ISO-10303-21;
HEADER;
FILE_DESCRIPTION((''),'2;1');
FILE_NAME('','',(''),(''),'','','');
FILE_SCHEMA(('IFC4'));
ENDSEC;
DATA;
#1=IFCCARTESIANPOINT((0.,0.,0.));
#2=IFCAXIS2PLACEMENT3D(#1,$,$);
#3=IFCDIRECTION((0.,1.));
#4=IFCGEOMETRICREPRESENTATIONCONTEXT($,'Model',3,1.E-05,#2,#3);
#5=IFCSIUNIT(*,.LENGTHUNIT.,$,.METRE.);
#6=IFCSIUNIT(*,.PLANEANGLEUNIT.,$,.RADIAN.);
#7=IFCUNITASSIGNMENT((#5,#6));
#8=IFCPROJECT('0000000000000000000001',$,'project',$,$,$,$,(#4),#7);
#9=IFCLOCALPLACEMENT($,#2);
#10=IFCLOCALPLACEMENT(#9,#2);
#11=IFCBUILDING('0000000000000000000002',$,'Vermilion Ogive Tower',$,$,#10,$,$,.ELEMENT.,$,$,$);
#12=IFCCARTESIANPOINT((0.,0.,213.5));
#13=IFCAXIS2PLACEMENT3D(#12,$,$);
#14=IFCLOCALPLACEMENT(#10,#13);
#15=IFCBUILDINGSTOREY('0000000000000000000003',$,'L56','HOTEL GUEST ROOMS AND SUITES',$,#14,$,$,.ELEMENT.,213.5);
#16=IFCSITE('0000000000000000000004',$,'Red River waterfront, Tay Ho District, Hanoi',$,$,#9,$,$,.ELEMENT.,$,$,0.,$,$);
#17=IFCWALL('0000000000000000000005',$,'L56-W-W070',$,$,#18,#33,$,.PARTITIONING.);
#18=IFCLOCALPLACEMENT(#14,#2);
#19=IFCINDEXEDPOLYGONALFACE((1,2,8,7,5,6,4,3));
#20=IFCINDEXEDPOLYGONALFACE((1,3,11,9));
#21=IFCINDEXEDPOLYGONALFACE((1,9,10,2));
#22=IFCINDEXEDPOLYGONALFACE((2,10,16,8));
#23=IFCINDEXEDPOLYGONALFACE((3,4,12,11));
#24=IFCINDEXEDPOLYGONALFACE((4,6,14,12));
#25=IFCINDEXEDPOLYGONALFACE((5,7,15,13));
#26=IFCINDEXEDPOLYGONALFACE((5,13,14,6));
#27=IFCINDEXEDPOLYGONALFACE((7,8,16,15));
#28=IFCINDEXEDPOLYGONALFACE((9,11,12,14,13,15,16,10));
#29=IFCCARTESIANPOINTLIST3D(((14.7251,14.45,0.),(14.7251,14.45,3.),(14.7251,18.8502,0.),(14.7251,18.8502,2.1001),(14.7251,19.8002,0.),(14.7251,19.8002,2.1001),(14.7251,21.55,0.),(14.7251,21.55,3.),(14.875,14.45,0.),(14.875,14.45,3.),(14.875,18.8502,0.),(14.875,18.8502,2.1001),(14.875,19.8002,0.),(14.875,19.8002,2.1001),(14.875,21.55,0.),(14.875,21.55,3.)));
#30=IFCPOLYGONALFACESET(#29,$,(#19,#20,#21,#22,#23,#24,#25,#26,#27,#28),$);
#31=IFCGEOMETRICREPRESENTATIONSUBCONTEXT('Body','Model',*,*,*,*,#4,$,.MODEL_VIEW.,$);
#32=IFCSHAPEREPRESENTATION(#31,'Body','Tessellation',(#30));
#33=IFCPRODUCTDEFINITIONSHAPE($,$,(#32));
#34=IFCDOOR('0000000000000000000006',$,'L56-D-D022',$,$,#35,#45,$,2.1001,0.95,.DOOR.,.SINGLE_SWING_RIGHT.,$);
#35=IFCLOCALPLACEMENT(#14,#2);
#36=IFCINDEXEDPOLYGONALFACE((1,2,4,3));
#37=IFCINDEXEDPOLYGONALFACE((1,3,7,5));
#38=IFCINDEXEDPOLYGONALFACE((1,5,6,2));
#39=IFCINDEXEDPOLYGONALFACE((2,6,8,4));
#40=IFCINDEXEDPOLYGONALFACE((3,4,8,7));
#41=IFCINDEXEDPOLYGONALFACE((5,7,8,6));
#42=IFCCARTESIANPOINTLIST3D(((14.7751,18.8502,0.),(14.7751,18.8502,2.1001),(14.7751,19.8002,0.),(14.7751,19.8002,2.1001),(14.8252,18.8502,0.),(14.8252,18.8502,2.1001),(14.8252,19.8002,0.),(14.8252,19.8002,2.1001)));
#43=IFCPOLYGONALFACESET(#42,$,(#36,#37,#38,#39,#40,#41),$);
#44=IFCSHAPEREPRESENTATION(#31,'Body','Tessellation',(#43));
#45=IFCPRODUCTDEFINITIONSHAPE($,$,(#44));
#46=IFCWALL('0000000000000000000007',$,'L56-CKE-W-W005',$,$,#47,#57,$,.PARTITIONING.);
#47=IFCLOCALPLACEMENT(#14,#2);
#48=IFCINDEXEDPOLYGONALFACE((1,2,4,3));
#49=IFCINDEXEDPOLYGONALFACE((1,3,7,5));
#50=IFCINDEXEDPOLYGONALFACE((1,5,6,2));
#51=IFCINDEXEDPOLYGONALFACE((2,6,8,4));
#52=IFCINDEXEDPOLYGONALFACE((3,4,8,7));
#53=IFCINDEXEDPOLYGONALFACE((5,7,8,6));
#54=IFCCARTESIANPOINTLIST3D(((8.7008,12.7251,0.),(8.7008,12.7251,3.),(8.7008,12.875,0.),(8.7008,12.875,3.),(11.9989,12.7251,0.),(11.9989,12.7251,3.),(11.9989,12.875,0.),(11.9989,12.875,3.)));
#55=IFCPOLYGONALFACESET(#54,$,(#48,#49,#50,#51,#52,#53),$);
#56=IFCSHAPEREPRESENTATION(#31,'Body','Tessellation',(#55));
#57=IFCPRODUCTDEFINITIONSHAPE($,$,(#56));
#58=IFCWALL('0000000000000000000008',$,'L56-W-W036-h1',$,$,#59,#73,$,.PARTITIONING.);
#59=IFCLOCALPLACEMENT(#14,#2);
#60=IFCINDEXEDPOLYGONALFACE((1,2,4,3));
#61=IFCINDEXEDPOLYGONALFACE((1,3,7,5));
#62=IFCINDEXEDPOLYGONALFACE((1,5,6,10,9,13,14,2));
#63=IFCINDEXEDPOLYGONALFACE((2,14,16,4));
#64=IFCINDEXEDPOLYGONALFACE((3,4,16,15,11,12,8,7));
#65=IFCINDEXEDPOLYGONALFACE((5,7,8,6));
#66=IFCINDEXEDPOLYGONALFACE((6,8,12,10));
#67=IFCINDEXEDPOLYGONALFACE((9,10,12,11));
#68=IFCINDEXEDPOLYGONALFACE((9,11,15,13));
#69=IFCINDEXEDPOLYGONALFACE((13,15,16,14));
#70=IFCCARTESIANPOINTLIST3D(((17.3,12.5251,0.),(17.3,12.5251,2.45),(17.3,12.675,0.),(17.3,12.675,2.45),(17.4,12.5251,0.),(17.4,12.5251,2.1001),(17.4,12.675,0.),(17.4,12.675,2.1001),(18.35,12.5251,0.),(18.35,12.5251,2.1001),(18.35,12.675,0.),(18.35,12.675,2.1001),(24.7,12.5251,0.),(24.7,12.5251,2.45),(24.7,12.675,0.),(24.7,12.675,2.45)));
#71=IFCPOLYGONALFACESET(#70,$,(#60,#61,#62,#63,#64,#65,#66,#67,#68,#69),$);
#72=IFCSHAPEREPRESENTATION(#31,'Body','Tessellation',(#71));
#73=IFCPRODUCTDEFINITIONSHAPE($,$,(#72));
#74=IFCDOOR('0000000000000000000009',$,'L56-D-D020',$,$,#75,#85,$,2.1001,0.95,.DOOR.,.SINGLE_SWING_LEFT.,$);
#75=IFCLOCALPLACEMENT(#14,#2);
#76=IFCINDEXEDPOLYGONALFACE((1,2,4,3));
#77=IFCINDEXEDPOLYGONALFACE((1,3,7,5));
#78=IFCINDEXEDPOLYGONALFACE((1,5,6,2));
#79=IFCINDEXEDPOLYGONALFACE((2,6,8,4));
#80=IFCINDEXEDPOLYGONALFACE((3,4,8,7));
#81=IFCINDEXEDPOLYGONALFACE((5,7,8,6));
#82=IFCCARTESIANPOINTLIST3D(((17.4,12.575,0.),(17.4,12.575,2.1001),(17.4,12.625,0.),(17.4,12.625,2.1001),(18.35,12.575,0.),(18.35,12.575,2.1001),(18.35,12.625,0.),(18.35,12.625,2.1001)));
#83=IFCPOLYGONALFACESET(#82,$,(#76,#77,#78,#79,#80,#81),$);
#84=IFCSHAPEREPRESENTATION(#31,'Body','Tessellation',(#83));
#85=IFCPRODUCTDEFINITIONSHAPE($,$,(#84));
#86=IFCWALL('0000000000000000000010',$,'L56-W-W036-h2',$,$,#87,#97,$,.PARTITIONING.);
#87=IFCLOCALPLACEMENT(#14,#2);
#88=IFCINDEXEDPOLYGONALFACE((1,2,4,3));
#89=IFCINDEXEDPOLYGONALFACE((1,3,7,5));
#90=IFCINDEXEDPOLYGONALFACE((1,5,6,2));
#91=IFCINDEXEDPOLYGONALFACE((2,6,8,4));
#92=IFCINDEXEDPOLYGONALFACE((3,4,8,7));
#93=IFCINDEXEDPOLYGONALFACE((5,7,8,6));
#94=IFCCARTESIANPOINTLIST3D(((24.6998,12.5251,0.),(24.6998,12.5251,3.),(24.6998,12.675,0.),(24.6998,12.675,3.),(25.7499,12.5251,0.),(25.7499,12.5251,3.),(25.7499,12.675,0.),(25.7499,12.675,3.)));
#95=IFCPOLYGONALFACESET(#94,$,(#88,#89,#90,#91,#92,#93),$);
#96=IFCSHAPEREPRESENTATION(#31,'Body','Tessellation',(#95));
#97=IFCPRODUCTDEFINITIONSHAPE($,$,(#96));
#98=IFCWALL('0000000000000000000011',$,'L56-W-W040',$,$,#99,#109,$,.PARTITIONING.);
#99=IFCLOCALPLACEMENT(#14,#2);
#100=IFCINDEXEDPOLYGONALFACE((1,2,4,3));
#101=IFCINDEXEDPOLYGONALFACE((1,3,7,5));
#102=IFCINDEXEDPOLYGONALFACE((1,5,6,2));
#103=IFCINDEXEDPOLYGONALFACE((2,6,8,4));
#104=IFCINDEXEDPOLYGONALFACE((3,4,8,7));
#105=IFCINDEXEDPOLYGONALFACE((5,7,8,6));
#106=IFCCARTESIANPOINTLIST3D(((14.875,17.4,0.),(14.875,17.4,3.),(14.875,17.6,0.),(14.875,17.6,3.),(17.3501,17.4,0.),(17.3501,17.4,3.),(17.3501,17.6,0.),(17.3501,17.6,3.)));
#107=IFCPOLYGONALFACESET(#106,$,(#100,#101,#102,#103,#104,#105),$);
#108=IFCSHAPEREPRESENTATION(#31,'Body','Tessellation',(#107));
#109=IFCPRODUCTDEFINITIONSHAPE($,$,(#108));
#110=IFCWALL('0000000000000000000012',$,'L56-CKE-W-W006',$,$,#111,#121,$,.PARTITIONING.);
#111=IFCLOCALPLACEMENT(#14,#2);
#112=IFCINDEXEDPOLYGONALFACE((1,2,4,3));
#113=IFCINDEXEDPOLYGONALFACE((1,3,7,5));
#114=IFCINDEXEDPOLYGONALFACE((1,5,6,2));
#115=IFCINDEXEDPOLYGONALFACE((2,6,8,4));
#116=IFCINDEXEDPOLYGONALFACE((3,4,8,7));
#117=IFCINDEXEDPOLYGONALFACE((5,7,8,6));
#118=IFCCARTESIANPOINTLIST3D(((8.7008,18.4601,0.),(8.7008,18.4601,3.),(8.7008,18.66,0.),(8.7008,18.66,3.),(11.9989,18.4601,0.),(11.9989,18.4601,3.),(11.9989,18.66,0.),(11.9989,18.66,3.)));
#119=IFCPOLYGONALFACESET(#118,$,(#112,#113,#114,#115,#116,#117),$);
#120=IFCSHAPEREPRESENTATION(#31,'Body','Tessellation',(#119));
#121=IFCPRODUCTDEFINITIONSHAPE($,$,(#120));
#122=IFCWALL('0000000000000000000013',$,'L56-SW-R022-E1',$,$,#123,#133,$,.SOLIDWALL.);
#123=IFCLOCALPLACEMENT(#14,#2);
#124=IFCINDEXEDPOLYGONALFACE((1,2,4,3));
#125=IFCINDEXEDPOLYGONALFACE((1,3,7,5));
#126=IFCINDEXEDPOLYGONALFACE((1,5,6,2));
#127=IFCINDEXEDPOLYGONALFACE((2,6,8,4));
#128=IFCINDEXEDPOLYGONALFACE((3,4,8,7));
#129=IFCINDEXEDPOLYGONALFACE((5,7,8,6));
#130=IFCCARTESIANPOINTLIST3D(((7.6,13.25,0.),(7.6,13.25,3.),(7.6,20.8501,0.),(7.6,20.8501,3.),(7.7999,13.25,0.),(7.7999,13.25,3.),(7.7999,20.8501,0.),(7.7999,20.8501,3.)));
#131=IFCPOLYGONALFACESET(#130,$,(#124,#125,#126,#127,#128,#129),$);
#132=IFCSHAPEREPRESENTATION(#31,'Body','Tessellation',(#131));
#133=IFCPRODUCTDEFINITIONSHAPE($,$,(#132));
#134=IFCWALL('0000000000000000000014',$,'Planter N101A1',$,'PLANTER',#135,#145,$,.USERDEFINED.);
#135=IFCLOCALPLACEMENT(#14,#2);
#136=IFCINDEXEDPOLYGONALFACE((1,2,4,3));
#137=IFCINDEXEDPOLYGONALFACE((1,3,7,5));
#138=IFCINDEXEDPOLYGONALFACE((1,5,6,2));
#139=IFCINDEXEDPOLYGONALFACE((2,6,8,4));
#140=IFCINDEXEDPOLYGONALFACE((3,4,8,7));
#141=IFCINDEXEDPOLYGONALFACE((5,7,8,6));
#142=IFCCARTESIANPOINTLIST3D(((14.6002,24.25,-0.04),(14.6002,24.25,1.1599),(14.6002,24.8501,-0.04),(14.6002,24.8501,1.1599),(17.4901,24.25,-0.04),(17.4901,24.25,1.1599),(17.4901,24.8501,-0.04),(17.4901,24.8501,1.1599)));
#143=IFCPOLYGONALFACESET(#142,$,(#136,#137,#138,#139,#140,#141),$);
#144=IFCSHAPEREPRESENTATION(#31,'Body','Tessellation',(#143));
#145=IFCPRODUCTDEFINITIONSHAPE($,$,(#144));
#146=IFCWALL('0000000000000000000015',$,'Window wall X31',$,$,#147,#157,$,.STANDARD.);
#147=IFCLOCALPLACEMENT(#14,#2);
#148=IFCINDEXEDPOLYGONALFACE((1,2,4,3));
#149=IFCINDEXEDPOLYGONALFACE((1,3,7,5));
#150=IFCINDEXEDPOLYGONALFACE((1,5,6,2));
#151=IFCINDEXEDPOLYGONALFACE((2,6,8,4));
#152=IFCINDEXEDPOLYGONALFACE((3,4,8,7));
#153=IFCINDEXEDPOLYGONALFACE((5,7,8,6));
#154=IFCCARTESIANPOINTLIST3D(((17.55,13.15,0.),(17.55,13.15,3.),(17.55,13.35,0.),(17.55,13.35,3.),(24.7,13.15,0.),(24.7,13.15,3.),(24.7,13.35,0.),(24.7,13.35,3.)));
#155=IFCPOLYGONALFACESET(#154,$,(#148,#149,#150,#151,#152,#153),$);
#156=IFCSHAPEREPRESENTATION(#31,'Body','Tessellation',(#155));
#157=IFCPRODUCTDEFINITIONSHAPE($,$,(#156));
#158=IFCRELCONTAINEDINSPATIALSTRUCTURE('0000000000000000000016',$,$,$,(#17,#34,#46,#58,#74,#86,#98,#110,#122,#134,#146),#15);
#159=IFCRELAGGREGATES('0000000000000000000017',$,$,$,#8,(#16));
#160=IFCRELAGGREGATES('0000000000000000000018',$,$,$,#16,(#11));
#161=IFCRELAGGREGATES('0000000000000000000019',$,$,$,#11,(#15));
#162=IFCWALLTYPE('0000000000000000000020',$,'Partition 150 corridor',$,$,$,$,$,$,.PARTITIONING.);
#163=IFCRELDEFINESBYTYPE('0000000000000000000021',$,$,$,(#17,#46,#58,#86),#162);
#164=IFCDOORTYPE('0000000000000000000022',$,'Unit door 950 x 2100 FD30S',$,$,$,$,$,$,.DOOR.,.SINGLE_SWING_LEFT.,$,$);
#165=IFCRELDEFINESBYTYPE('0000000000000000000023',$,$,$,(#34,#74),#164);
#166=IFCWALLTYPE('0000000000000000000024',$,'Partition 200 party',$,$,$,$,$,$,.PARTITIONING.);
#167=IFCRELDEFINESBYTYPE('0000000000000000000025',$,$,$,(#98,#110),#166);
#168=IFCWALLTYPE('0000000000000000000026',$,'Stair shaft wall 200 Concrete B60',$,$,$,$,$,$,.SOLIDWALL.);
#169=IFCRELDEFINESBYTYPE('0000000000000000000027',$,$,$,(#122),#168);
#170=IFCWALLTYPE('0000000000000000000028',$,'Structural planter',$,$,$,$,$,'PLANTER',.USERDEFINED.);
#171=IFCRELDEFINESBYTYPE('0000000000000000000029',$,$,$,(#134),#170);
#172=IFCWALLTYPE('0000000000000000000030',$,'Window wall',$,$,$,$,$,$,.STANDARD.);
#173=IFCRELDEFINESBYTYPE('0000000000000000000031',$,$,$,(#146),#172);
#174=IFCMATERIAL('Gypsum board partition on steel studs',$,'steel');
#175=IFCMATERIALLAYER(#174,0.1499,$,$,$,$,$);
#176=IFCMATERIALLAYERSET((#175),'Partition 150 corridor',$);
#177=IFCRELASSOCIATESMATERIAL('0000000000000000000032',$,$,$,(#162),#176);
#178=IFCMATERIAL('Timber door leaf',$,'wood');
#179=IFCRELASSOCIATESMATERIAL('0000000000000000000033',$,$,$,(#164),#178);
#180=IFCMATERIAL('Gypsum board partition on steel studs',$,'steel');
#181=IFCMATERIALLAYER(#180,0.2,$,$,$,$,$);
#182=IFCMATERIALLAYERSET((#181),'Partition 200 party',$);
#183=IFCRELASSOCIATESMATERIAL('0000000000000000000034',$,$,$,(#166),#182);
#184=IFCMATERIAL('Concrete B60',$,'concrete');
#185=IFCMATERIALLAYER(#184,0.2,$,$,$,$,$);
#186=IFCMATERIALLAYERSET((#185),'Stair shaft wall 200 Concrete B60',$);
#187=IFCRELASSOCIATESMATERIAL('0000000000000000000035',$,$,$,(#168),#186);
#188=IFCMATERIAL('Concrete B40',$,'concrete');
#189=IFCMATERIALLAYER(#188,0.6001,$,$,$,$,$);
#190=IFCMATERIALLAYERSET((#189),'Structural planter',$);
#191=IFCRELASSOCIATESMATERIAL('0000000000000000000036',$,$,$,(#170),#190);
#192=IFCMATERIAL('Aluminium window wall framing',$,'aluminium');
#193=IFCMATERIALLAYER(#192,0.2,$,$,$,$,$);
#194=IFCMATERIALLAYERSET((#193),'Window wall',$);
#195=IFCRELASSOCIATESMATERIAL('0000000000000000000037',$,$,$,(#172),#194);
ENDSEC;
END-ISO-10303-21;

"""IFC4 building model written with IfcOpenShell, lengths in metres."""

from ifc_helpers import new_model, si_unit, direction, frame, frame_2d, origin, place, context, subcontext, project, spatial, rectangle, extrude, material, layer, layer_set, type_object, element, fill, save


model = new_model("IFC4")

# Units and contexts
model_context = context("Model", 3, precision=1e-05, world=origin(), true_north=direction((0.0, 1.0)))
body_context = subcontext(model_context, "Body", "Model", "MODEL_VIEW")
ifc_project = project(units=[si_unit("LENGTHUNIT", "METRE"), si_unit("PLANEANGLEUNIT", "RADIAN")], contexts=[model_context])

# Site, building, storey
site_placement = place(None, origin())
site = spatial("IfcSite", under=ifc_project, at=site_placement, Name="Red River waterfront, Tay Ho District, Hanoi", CompositionType="ELEMENT", RefElevation=0.0)
building_placement = place(site_placement, origin())
building = spatial("IfcBuilding", under=site, at=building_placement, Name="Vermilion Ogive Tower", CompositionType="ELEMENT")
storey_placement = place(building_placement, frame((0.0, 0.0, 213.5)))
storey = spatial("IfcBuildingStorey", under=building, at=storey_placement, Name="L56", Description="HOTEL GUEST ROOMS AND SUITES", CompositionType="ELEMENT", Elevation=213.5)

# Shared definitions
ifc_material_1 = material(Name="Gypsum board partition on steel studs", Category="steel")
ifc_layer_1 = layer(ifc_material_1, 0.1499)
ifc_layer_set_1 = layer_set([ifc_layer_1], Name="Partition 150 corridor")
wall_type_1 = type_object("IfcWallType", Name="Partition 150 corridor", PredefinedType="PARTITIONING", material=ifc_layer_set_1)

# Wall, opening, door
wall_1_placement = place(storey_placement, frame((14.8, 14.45, 0.0), z_axis=(0.0, 0.0, 1.0), x_axis=(0.0, 1.0, 0.0)))
wall_1 = element("IfcWall", 1, at=wall_1_placement, inside=storey, type_object=wall_type_1, Name="L56-W-W070", PredefinedType="PARTITIONING", context=body_context, shape_type="SweptSolid", body=[
    extrude(rectangle(XDim=7.1001, YDim=0.1499, at=frame_2d((3.55, 0.0))), origin(), (0.0, 0.0, 1.0), 3.0),
])
opening_1_placement = place(wall_1_placement, frame((4.4001, 0.0, 0.0)))
opening_1 = element("IfcOpeningElement", 2, at=opening_1_placement, cuts=wall_1, PredefinedType="OPENING", context=body_context, shape_type="SweptSolid", body=[
    extrude(rectangle(XDim=0.95, YDim=2.1001, at=frame_2d((0.4751, 1.05))), frame((0.0, 0.085, 0.0), z_axis=(0.0, -1.0, 0.0), x_axis=(1.0, 0.0, 0.0)), (0.0, 0.0, 1.0), 0.1699),
])
ifc_material_2 = material(Name="Timber door leaf", Category="wood")
door_type_1 = type_object("IfcDoorType", Name="Unit door 950 x 2100 FD30S", OperationType="SINGLE_SWING_LEFT", PredefinedType="DOOR", material=ifc_material_2)
door_1_placement = place(opening_1_placement, origin())
door_1 = element("IfcDoor", 3, at=door_1_placement, inside=storey, type_object=door_type_1, Name="L56-D-D022", OperationType="SINGLE_SWING_RIGHT", OverallHeight=2.1001, OverallWidth=0.95, PredefinedType="DOOR", context=body_context, shape_type="SweptSolid", body=[
    extrude(rectangle(XDim=0.95, YDim=2.1001, at=frame_2d((0.4751, 1.05))), frame((0.0, 0.0249, 0.0), z_axis=(0.0, -1.0, 0.0), x_axis=(1.0, 0.0, 0.0)), (0.0, 0.0, 1.0), 0.05),
])
fill(opening_1, door_1)

# Wall
wall_2_placement = place(storey_placement, frame((8.7009, 12.8, 0.0), z_axis=(0.0, 0.0, 1.0), x_axis=(1.0, 0.0, 0.0)))
element("IfcWall", 4, at=wall_2_placement, inside=storey, type_object=wall_type_1, Name="L56-CKE-W-W005", PredefinedType="PARTITIONING", context=body_context, shape_type="SweptSolid", body=[
    extrude(rectangle(XDim=3.2981, YDim=0.1499, at=frame_2d((1.6489, 0.0))), origin(), (0.0, 0.0, 1.0), 3.0),
])

# Wall, opening, door
wall_3_placement = place(storey_placement, frame((17.3, 12.6001, 0.0), z_axis=(0.0, 0.0, 1.0), x_axis=(1.0, 0.0, 0.0)))
wall_3 = element("IfcWall", 5, at=wall_3_placement, inside=storey, type_object=wall_type_1, Name="L56-W-W036-h1", PredefinedType="PARTITIONING", context=body_context, shape_type="SweptSolid", body=[
    extrude(rectangle(XDim=7.3999, YDim=0.1499, at=frame_2d((3.7, 0.0))), origin(), (0.0, 0.0, 1.0), 2.45),
])
opening_2_placement = place(wall_3_placement, frame((0.0999, 0.0, 0.0)))
opening_2 = element("IfcOpeningElement", 6, at=opening_2_placement, cuts=wall_3, PredefinedType="OPENING", context=body_context, shape_type="SweptSolid", body=[
    extrude(rectangle(XDim=0.95, YDim=2.1001, at=frame_2d((0.4751, 1.05))), frame((0.0, 0.085, 0.0), z_axis=(0.0, -1.0, 0.0), x_axis=(1.0, 0.0, 0.0)), (0.0, 0.0, 1.0), 0.1699),
])
door_2_placement = place(opening_2_placement, origin())
door_2 = element("IfcDoor", 7, at=door_2_placement, inside=storey, type_object=door_type_1, Name="L56-D-D020", OperationType="SINGLE_SWING_LEFT", OverallHeight=2.1001, OverallWidth=0.95, PredefinedType="DOOR", context=body_context, shape_type="SweptSolid", body=[
    extrude(rectangle(XDim=0.95, YDim=2.1001, at=frame_2d((0.4751, 1.05))), frame((0.0, 0.0249, 0.0), z_axis=(0.0, -1.0, 0.0), x_axis=(1.0, 0.0, 0.0)), (0.0, 0.0, 1.0), 0.05),
])
fill(opening_2, door_2)

# Walls
wall_4_placement = place(storey_placement, frame((24.7, 12.6001, 0.0), z_axis=(0.0, 0.0, 1.0), x_axis=(1.0, 0.0, 0.0)))
element("IfcWall", 8, at=wall_4_placement, inside=storey, type_object=wall_type_1, Name="L56-W-W036-h2", PredefinedType="PARTITIONING", context=body_context, shape_type="SweptSolid", body=[
    extrude(rectangle(XDim=1.05, YDim=0.1499, at=frame_2d((0.5249, 0.0))), origin(), (0.0, 0.0, 1.0), 3.0),
])
ifc_material_3 = material(Name="Gypsum board partition on steel studs", Category="steel")
ifc_layer_2 = layer(ifc_material_3, 0.2)
ifc_layer_set_2 = layer_set([ifc_layer_2], Name="Partition 200 party")
wall_type_2 = type_object("IfcWallType", Name="Partition 200 party", PredefinedType="PARTITIONING", material=ifc_layer_set_2)
wall_5_placement = place(storey_placement, frame((14.875, 17.5, 0.0), z_axis=(0.0, 0.0, 1.0), x_axis=(1.0, 0.0, 0.0)))
element("IfcWall", 9, at=wall_5_placement, inside=storey, type_object=wall_type_2, Name="L56-W-W040", PredefinedType="PARTITIONING", context=body_context, shape_type="SweptSolid", body=[
    extrude(rectangle(XDim=2.4751, YDim=0.2, at=frame_2d((1.2375, 0.0))), origin(), (0.0, 0.0, 1.0), 3.0),
])
wall_6_placement = place(storey_placement, frame((8.7009, 18.5601, 0.0), z_axis=(0.0, 0.0, 1.0), x_axis=(1.0, 0.0, 0.0)))
element("IfcWall", 10, at=wall_6_placement, inside=storey, type_object=wall_type_2, Name="L56-CKE-W-W006", PredefinedType="PARTITIONING", context=body_context, shape_type="SweptSolid", body=[
    extrude(rectangle(XDim=3.2981, YDim=0.2, at=frame_2d((1.6489, 0.0))), origin(), (0.0, 0.0, 1.0), 3.0),
])
ifc_material_4 = material(Name="Concrete B60", Category="concrete")
ifc_layer_3 = layer(ifc_material_4, 0.2)
ifc_layer_set_3 = layer_set([ifc_layer_3], Name="Stair shaft wall 200 Concrete B60")
wall_type_3 = type_object("IfcWallType", Name="Stair shaft wall 200 Concrete B60", PredefinedType="SOLIDWALL", material=ifc_layer_set_3)
wall_7_placement = place(storey_placement, frame((7.7, 13.25, 0.0), z_axis=(0.0, 0.0, 1.0), x_axis=(0.0, 1.0, 0.0)))
element("IfcWall", 11, at=wall_7_placement, inside=storey, type_object=wall_type_3, Name="L56-SW-R022-E1", PredefinedType="SOLIDWALL", context=body_context, shape_type="SweptSolid", body=[
    extrude(rectangle(XDim=7.6001, YDim=0.2, at=frame_2d((3.8, 0.0))), origin(), (0.0, 0.0, 1.0), 3.0),
])
ifc_material_5 = material(Name="Concrete B40", Category="concrete")
ifc_layer_4 = layer(ifc_material_5, 0.6001)
ifc_layer_set_4 = layer_set([ifc_layer_4], Name="Structural planter")
wall_type_4 = type_object("IfcWallType", Name="Structural planter", ElementType="PLANTER", PredefinedType="USERDEFINED", material=ifc_layer_set_4)
wall_8_placement = place(storey_placement, frame((17.49, 24.55, -0.04), z_axis=(0.0, 0.0, 1.0), x_axis=(-1.0, 0.0, 0.0)))
element("IfcWall", 12, at=wall_8_placement, inside=storey, type_object=wall_type_4, Name="Planter N101A1", ObjectType="PLANTER", PredefinedType="USERDEFINED", context=body_context, shape_type="SweptSolid", body=[
    extrude(rectangle(XDim=2.8899, YDim=0.6001, at=frame_2d((1.4448, 0.0))), origin(), (0.0, 0.0, 1.0), 1.2),
])
ifc_material_6 = material(Name="Aluminium window wall framing", Category="aluminium")
ifc_layer_5 = layer(ifc_material_6, 0.2)
ifc_layer_set_5 = layer_set([ifc_layer_5], Name="Window wall")
wall_type_5 = type_object("IfcWallType", Name="Window wall", PredefinedType="STANDARD", material=ifc_layer_set_5)
wall_9_placement = place(storey_placement, frame((24.7, 13.25, 0.0), z_axis=(0.0, 0.0, 1.0), x_axis=(-1.0, 0.0, 0.0)))
element("IfcWall", 13, at=wall_9_placement, inside=storey, type_object=wall_type_5, Name="Window wall X31", PredefinedType="STANDARD", context=body_context, shape_type="SweptSolid", body=[
    extrude(rectangle(XDim=7.1499, YDim=0.2, at=frame_2d((3.575, 0.0))), origin(), (0.0, 0.0, 1.0), 3.0),
])

save(model, "model.ifc")
